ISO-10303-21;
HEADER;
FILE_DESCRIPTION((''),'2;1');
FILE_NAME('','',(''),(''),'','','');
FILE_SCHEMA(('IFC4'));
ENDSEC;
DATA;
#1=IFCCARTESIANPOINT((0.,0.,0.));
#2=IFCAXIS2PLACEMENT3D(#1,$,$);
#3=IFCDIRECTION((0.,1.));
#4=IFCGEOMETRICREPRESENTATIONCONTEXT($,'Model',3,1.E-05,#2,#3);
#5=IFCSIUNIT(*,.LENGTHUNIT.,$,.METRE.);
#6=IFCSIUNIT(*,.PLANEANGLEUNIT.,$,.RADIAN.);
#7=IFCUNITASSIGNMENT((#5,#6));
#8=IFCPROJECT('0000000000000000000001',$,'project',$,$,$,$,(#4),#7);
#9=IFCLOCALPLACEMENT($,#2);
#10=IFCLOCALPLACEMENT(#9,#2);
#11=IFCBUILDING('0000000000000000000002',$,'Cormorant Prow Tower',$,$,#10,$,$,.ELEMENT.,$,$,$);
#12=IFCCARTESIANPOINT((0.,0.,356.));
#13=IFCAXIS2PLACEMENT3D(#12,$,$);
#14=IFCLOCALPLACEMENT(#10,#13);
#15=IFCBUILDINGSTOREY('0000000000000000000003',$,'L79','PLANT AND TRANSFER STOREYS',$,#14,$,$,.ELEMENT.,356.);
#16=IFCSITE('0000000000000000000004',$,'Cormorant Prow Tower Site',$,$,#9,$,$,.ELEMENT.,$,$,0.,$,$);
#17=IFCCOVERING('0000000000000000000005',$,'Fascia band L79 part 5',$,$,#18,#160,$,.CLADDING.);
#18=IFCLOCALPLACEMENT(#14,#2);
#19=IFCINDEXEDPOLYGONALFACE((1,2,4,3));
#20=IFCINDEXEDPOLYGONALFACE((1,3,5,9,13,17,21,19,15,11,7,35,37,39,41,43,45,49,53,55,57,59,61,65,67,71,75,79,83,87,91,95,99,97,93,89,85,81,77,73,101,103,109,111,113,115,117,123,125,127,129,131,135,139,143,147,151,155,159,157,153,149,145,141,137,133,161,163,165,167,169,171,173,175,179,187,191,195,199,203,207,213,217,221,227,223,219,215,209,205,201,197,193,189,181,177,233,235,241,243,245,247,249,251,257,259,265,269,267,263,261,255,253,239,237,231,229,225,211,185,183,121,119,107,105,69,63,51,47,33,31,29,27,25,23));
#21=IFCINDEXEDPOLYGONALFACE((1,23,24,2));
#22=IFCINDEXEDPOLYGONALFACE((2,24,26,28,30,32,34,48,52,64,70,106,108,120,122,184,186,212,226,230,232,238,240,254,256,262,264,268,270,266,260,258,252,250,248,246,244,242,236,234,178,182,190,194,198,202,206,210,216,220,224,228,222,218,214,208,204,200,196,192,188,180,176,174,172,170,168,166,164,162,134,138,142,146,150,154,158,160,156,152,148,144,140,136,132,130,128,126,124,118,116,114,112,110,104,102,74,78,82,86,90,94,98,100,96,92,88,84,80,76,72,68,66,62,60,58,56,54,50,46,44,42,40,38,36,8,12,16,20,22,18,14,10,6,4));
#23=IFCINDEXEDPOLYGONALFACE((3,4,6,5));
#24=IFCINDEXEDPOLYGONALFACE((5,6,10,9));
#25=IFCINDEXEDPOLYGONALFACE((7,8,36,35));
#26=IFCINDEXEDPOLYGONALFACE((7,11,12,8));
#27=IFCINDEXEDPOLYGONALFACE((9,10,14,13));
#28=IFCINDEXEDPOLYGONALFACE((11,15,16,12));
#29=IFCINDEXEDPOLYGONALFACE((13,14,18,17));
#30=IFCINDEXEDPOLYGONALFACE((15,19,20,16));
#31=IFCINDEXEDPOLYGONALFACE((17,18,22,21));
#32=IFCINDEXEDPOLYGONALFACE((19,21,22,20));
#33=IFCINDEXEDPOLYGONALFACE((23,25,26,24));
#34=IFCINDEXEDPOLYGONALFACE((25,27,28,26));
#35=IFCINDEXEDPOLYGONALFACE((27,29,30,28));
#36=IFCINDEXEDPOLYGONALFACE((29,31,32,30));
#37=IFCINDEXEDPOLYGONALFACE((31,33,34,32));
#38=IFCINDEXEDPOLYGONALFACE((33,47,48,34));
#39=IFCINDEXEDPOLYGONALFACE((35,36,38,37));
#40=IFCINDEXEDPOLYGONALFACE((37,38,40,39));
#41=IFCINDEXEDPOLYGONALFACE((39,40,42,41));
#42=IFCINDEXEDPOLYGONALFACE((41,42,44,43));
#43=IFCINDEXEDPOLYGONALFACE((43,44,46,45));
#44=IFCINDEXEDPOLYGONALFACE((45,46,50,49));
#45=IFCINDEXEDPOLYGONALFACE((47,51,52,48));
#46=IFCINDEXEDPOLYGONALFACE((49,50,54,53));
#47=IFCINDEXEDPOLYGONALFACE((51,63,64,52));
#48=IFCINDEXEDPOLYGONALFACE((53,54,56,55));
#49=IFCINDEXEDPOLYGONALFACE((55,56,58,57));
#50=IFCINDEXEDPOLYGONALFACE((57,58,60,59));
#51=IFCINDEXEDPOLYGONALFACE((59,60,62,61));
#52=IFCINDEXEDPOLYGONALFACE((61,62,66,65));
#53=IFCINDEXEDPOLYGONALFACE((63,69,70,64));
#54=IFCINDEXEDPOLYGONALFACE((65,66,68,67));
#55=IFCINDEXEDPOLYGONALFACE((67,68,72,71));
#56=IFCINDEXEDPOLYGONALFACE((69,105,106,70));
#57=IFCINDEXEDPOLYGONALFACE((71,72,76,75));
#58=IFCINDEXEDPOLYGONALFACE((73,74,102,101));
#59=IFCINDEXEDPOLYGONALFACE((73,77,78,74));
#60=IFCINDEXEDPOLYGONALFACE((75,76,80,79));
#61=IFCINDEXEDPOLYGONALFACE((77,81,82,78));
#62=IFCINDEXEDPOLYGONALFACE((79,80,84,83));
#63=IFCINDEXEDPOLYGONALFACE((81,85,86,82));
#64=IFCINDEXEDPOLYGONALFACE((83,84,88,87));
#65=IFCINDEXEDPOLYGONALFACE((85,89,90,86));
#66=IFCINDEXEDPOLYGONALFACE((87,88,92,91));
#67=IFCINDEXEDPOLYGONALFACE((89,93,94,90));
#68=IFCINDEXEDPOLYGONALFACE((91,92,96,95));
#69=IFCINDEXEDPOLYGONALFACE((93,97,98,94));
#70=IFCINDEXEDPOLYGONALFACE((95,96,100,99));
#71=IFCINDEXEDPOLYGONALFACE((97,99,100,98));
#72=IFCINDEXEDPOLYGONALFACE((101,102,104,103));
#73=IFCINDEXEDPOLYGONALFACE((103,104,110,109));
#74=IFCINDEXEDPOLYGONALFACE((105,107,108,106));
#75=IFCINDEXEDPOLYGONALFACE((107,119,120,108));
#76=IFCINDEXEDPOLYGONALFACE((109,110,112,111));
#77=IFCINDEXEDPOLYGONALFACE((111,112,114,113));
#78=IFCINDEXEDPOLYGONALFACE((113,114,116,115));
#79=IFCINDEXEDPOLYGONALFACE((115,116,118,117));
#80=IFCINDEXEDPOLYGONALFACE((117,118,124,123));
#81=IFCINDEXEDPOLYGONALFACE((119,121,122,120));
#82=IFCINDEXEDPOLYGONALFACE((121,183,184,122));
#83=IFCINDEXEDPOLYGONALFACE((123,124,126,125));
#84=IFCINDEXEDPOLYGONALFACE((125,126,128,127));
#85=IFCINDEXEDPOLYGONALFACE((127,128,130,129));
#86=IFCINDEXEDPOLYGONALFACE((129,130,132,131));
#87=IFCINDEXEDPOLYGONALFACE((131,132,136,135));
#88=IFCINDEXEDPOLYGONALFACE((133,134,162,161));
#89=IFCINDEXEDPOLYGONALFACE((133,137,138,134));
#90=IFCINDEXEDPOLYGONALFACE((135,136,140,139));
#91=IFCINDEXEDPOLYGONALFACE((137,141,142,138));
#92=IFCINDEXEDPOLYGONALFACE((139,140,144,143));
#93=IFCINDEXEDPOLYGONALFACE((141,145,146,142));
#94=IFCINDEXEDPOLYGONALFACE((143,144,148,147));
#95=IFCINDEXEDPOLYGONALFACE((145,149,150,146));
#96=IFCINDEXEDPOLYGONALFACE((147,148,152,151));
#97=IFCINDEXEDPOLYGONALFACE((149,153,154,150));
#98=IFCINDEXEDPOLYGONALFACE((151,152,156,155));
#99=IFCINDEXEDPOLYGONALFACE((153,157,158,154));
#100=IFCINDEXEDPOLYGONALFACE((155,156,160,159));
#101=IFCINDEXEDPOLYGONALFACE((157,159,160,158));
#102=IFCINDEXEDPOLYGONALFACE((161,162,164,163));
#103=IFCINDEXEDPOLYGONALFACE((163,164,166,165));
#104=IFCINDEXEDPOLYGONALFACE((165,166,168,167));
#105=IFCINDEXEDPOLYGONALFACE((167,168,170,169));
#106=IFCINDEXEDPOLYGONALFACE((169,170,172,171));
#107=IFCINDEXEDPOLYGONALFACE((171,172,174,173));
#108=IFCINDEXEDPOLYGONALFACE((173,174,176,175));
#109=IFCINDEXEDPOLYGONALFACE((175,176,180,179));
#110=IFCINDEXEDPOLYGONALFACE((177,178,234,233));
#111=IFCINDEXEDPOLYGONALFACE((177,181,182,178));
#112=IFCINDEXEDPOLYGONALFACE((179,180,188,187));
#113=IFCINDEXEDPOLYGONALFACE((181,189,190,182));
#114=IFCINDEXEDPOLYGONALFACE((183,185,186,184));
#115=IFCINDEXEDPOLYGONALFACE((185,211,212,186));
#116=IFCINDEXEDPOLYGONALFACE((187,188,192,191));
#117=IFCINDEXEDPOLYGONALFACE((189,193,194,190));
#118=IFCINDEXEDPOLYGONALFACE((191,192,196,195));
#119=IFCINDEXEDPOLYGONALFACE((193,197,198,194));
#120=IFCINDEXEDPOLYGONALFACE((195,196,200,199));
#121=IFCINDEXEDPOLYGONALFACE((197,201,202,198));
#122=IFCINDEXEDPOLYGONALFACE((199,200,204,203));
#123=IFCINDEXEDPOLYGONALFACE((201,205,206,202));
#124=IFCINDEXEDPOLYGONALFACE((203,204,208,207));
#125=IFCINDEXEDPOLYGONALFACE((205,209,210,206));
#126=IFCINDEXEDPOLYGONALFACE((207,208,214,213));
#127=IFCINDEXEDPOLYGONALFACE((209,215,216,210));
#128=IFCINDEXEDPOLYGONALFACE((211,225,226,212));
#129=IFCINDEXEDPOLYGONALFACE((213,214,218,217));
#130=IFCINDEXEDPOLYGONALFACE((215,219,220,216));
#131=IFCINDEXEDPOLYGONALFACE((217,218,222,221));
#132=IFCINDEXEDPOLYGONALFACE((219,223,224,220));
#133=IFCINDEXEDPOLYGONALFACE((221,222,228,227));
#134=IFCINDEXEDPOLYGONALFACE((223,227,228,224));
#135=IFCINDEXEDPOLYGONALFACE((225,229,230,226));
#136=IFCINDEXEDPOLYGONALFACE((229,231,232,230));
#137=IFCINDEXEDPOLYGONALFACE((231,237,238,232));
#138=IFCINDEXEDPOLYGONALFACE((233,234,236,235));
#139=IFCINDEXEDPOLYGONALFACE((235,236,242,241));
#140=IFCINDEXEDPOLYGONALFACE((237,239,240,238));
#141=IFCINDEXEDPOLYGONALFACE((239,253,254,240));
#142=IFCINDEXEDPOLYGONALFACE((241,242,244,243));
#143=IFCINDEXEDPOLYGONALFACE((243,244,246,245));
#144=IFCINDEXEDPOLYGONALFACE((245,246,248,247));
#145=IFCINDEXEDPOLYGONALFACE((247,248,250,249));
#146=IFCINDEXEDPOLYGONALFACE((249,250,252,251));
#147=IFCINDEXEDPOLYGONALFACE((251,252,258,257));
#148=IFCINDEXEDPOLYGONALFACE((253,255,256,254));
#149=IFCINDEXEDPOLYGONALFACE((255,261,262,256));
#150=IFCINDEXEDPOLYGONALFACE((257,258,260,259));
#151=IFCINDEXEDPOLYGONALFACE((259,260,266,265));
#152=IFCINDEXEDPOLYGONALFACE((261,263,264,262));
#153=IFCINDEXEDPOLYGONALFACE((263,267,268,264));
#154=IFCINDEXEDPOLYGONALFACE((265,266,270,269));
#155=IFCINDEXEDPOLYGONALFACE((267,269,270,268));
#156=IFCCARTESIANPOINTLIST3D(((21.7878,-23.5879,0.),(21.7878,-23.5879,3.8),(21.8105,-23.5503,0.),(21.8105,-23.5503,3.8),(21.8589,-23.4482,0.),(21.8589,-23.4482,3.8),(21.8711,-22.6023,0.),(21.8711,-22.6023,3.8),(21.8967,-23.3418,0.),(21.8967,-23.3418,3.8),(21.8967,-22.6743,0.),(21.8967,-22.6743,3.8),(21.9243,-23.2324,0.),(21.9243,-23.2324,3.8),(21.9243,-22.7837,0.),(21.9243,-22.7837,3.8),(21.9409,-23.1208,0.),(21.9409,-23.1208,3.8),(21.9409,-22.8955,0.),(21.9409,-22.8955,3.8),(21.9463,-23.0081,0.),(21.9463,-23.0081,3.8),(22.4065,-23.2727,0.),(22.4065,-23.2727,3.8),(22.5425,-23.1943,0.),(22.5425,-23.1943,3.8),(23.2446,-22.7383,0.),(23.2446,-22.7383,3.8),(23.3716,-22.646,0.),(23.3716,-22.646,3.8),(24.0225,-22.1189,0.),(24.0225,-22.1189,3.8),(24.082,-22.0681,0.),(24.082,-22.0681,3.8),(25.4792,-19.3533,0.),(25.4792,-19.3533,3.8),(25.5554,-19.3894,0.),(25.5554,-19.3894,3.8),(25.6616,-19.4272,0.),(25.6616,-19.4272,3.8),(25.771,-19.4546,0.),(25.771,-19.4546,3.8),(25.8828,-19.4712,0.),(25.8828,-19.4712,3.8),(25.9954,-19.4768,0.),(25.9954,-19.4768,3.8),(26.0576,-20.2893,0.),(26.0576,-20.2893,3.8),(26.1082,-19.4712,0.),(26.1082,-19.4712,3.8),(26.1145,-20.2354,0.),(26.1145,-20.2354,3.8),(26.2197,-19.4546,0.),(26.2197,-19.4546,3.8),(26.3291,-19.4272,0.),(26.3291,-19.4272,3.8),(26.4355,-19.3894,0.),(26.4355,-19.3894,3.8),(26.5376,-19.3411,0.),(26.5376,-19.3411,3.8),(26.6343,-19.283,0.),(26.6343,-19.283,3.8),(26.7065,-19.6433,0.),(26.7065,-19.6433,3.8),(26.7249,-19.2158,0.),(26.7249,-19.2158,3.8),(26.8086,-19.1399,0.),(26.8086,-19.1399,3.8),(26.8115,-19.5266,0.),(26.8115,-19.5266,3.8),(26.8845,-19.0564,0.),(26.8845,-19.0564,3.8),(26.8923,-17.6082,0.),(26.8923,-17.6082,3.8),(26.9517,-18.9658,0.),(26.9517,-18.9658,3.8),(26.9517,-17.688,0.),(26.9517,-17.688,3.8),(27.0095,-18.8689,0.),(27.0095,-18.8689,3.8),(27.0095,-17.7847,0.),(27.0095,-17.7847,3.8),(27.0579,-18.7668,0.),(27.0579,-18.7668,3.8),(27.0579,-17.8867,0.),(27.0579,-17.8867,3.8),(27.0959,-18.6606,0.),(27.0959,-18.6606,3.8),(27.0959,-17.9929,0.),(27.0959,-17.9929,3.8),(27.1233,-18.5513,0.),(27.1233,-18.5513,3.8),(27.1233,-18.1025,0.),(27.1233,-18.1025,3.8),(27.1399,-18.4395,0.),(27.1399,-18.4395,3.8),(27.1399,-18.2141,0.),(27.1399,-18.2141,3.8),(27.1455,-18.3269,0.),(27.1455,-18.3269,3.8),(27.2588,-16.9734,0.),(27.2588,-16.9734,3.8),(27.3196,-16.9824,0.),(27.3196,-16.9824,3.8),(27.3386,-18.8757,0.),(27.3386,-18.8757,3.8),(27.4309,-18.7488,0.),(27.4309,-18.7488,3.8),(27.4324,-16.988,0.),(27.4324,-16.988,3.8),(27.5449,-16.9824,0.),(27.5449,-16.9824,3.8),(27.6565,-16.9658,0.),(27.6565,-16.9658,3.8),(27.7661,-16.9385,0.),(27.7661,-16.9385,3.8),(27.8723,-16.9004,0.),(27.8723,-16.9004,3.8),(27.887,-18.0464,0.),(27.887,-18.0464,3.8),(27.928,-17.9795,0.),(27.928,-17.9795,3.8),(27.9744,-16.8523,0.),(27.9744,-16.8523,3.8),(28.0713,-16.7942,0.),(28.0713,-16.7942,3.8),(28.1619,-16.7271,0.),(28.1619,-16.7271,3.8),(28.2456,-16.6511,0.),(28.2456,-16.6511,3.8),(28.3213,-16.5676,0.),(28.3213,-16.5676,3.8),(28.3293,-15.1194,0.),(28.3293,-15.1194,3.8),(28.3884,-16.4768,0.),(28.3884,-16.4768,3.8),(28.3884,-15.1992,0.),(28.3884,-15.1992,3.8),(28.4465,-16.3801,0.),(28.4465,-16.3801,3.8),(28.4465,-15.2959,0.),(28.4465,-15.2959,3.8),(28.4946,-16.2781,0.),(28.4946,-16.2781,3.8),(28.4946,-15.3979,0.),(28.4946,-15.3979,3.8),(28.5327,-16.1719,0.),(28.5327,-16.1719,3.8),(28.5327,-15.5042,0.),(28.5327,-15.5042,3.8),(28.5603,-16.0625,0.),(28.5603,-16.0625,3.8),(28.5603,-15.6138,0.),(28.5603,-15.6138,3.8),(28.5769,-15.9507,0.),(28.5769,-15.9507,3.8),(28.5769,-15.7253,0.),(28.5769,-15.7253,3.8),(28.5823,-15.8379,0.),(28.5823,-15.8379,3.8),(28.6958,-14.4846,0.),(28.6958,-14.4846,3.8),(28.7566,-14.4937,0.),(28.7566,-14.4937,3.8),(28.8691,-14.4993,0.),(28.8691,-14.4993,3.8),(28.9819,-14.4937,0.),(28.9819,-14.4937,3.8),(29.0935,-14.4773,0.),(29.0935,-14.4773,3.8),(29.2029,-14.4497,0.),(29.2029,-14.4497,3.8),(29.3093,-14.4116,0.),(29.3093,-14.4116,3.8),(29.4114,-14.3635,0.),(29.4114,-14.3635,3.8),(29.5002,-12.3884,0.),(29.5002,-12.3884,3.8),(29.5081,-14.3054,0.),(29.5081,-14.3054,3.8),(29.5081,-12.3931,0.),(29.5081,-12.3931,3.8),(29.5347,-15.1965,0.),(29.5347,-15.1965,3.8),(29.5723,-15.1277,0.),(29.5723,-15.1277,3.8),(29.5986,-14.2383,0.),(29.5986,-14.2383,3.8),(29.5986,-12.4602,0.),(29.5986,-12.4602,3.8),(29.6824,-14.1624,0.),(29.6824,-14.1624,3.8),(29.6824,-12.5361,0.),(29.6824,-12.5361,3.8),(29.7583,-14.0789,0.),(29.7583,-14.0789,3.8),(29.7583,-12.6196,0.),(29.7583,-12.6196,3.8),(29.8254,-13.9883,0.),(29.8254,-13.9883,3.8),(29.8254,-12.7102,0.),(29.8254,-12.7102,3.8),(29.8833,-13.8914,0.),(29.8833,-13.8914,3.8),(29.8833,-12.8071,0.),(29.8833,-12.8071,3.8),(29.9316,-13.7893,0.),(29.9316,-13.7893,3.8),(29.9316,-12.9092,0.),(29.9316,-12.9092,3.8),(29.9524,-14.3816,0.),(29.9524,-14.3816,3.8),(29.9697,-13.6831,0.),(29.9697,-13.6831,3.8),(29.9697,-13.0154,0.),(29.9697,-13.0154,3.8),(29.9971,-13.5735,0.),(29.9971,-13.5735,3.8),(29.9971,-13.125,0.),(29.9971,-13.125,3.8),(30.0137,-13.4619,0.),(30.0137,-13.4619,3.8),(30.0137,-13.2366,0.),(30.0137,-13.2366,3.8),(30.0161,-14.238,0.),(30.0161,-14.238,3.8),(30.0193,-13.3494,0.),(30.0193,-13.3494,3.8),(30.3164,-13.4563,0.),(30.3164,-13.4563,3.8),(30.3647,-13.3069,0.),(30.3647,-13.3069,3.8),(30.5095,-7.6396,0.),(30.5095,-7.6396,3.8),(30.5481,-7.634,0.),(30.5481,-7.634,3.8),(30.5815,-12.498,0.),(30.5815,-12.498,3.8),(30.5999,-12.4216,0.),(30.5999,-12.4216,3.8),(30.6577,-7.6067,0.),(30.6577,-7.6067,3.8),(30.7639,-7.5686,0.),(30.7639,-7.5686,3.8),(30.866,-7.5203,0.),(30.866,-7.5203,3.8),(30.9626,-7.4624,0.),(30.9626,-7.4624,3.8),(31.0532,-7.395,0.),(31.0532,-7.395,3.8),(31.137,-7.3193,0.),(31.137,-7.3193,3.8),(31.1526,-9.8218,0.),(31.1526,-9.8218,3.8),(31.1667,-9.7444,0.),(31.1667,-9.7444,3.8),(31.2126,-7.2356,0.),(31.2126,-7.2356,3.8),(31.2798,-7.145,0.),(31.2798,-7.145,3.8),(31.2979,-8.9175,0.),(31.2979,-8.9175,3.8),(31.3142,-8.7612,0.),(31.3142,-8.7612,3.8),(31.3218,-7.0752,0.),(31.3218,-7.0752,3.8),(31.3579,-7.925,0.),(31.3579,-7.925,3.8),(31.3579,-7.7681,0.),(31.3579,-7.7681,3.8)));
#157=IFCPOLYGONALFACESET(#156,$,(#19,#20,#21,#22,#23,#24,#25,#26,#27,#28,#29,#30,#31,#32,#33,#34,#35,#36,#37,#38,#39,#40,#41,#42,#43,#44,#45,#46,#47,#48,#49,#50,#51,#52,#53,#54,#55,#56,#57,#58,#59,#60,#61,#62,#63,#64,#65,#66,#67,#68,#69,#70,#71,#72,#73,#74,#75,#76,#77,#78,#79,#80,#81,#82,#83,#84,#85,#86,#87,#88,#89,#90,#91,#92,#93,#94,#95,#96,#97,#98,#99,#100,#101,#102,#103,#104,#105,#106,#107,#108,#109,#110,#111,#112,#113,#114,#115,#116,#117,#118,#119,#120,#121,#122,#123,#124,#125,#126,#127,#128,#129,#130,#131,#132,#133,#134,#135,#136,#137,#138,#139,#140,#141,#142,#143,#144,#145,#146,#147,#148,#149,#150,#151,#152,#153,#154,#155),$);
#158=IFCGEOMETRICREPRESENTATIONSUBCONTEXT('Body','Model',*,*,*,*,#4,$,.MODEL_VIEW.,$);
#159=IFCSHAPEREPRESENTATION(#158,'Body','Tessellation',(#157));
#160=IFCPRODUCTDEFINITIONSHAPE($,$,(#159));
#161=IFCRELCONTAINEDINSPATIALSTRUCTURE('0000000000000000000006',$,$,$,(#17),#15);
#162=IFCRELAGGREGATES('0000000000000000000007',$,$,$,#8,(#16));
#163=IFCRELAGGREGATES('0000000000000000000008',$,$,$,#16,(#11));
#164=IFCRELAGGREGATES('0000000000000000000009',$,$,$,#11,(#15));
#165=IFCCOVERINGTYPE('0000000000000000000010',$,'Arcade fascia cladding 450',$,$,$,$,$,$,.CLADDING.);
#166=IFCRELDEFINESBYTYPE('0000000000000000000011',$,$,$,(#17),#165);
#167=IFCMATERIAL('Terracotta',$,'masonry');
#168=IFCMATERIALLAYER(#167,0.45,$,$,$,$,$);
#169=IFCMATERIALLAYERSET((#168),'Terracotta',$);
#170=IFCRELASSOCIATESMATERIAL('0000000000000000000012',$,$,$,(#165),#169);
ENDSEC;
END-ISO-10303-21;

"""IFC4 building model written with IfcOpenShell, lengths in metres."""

from ifc_helpers import new_model, si_unit, direction, frame, origin, place, context, subcontext, project, spatial, polyline, outline, extrude, material, layer, layer_set, type_object, element, save


model = new_model("IFC4")

# Units and contexts
model_context = context("Model", 3, precision=1e-05, world=origin(), true_north=direction((0.0, 1.0)))
body_context = subcontext(model_context, "Body", "Model", "MODEL_VIEW")
ifc_project = project(units=[si_unit("LENGTHUNIT", "METRE"), si_unit("PLANEANGLEUNIT", "RADIAN")], contexts=[model_context])

# Site, building, storey
site_placement = place(None, origin())
site = spatial("IfcSite", under=ifc_project, at=site_placement, Name="Cormorant Prow Tower Site", CompositionType="ELEMENT", RefElevation=0.0)
building_placement = place(site_placement, origin())
building = spatial("IfcBuilding", under=site, at=building_placement, Name="Cormorant Prow Tower", CompositionType="ELEMENT")
storey_placement = place(building_placement, frame((0.0, 0.0, 356.0)))
storey = spatial("IfcBuildingStorey", under=building, at=storey_placement, Name="L79", Description="PLANT AND TRANSFER STOREYS", CompositionType="ELEMENT", Elevation=356.0)

# Covering
ifc_material_1 = material(Name="Terracotta", Category="masonry")
ifc_layer_1 = layer(ifc_material_1, 0.45)
ifc_layer_set_1 = layer_set([ifc_layer_1], Name="Terracotta")
covering_type = type_object("IfcCoveringType", Name="Arcade fascia cladding 450", PredefinedType="CLADDING", material=ifc_layer_set_1)
covering_1_placement = place(storey_placement, origin())
element("IfcCovering", 1, at=covering_1_placement, inside=storey, type_object=covering_type, Name="Fascia band L79 part 5", PredefinedType="CLADDING", context=body_context, shape_type="SweptSolid", body=[
    extrude(outline(polyline([(31.3579, -7.925), (31.3142, -8.7612), (31.2979, -8.9175), (31.1667, -9.7444), (31.1526, -9.8218), (30.5999, -12.4216), (30.5815, -12.498), (30.3647, -13.3069), (30.3164, -13.4563), (30.0161, -14.238), (29.9524, -14.3816), (29.5723, -15.1277), (29.5347, -15.1965), (27.928, -17.9795), (27.887, -18.0464), (27.4309, -18.7488), (27.3386, -18.8757), (26.8115, -19.5266), (26.7065, -19.6433), (26.1145, -20.2354), (26.0576, -20.2893), (24.082, -22.0681), (24.0225, -22.1189), (23.3716, -22.646), (23.2446, -22.7383), (22.5425, -23.1943), (22.4065, -23.2727), (21.7878, -23.5879), (21.8105, -23.5503), (21.8589, -23.4482), (21.8967, -23.3418), (21.9243, -23.2324), (21.9409, -23.1208), (21.9463, -23.0081), (21.9409, -22.8955), (21.9243, -22.7837), (21.8967, -22.6743), (21.8711, -22.6023), (25.4792, -19.3533), (25.5554, -19.3894), (25.6616, -19.4272), (25.771, -19.4546), (25.8828, -19.4712), (25.9954, -19.4768), (26.1082, -19.4712), (26.2197, -19.4546), (26.3291, -19.4272), (26.4355, -19.3894), (26.5376, -19.3411), (26.6343, -19.283), (26.7249, -19.2158), (26.8086, -19.1399), (26.8845, -19.0564), (26.9517, -18.9658), (27.0095, -18.8689), (27.0579, -18.7668), (27.0959, -18.6606), (27.1233, -18.5513), (27.1399, -18.4395), (27.1455, -18.3269), (27.1399, -18.2141), (27.1233, -18.1025), (27.0959, -17.9929), (27.0579, -17.8867), (27.0095, -17.7847), (26.9517, -17.688), (26.8923, -17.6082), (27.2588, -16.9734), (27.3196, -16.9824), (27.4324, -16.988), (27.5449, -16.9824), (27.6565, -16.9658), (27.7661, -16.9385), (27.8723, -16.9004), (27.9744, -16.8523), (28.0713, -16.7942), (28.1619, -16.7271), (28.2456, -16.6511), (28.3213, -16.5676), (28.3884, -16.4768), (28.4465, -16.3801), (28.4946, -16.2781), (28.5327, -16.1719), (28.5603, -16.0625), (28.5769, -15.9507), (28.5823, -15.8379), (28.5769, -15.7253), (28.5603, -15.6138), (28.5327, -15.5042), (28.4946, -15.3979), (28.4465, -15.2959), (28.3884, -15.1992), (28.3293, -15.1194), (28.6958, -14.4846), (28.7566, -14.4937), (28.8691, -14.4993), (28.9819, -14.4937), (29.0935, -14.4773), (29.2029, -14.4497), (29.3093, -14.4116), (29.4114, -14.3635), (29.5081, -14.3054), (29.5986, -14.2383), (29.6824, -14.1624), (29.7583, -14.0789), (29.8254, -13.9883), (29.8833, -13.8914), (29.9316, -13.7893), (29.9697, -13.6831), (29.9971, -13.5735), (30.0137, -13.4619), (30.0193, -13.3494), (30.0137, -13.2366), (29.9971, -13.125), (29.9697, -13.0154), (29.9316, -12.9092), (29.8833, -12.8071), (29.8254, -12.7102), (29.7583, -12.6196), (29.6824, -12.5361), (29.5986, -12.4602), (29.5081, -12.3931), (29.5002, -12.3884), (30.5095, -7.6396), (30.5481, -7.634), (30.6577, -7.6067), (30.7639, -7.5686), (30.866, -7.5203), (30.9626, -7.4624), (31.0532, -7.395), (31.137, -7.3193), (31.2126, -7.2356), (31.2798, -7.145), (31.3218, -7.0752), (31.3579, -7.7681), (31.3579, -7.925)])), origin(), (0.0, 0.0, 1.0), 3.8),
])

save(model, "model.ifc")
